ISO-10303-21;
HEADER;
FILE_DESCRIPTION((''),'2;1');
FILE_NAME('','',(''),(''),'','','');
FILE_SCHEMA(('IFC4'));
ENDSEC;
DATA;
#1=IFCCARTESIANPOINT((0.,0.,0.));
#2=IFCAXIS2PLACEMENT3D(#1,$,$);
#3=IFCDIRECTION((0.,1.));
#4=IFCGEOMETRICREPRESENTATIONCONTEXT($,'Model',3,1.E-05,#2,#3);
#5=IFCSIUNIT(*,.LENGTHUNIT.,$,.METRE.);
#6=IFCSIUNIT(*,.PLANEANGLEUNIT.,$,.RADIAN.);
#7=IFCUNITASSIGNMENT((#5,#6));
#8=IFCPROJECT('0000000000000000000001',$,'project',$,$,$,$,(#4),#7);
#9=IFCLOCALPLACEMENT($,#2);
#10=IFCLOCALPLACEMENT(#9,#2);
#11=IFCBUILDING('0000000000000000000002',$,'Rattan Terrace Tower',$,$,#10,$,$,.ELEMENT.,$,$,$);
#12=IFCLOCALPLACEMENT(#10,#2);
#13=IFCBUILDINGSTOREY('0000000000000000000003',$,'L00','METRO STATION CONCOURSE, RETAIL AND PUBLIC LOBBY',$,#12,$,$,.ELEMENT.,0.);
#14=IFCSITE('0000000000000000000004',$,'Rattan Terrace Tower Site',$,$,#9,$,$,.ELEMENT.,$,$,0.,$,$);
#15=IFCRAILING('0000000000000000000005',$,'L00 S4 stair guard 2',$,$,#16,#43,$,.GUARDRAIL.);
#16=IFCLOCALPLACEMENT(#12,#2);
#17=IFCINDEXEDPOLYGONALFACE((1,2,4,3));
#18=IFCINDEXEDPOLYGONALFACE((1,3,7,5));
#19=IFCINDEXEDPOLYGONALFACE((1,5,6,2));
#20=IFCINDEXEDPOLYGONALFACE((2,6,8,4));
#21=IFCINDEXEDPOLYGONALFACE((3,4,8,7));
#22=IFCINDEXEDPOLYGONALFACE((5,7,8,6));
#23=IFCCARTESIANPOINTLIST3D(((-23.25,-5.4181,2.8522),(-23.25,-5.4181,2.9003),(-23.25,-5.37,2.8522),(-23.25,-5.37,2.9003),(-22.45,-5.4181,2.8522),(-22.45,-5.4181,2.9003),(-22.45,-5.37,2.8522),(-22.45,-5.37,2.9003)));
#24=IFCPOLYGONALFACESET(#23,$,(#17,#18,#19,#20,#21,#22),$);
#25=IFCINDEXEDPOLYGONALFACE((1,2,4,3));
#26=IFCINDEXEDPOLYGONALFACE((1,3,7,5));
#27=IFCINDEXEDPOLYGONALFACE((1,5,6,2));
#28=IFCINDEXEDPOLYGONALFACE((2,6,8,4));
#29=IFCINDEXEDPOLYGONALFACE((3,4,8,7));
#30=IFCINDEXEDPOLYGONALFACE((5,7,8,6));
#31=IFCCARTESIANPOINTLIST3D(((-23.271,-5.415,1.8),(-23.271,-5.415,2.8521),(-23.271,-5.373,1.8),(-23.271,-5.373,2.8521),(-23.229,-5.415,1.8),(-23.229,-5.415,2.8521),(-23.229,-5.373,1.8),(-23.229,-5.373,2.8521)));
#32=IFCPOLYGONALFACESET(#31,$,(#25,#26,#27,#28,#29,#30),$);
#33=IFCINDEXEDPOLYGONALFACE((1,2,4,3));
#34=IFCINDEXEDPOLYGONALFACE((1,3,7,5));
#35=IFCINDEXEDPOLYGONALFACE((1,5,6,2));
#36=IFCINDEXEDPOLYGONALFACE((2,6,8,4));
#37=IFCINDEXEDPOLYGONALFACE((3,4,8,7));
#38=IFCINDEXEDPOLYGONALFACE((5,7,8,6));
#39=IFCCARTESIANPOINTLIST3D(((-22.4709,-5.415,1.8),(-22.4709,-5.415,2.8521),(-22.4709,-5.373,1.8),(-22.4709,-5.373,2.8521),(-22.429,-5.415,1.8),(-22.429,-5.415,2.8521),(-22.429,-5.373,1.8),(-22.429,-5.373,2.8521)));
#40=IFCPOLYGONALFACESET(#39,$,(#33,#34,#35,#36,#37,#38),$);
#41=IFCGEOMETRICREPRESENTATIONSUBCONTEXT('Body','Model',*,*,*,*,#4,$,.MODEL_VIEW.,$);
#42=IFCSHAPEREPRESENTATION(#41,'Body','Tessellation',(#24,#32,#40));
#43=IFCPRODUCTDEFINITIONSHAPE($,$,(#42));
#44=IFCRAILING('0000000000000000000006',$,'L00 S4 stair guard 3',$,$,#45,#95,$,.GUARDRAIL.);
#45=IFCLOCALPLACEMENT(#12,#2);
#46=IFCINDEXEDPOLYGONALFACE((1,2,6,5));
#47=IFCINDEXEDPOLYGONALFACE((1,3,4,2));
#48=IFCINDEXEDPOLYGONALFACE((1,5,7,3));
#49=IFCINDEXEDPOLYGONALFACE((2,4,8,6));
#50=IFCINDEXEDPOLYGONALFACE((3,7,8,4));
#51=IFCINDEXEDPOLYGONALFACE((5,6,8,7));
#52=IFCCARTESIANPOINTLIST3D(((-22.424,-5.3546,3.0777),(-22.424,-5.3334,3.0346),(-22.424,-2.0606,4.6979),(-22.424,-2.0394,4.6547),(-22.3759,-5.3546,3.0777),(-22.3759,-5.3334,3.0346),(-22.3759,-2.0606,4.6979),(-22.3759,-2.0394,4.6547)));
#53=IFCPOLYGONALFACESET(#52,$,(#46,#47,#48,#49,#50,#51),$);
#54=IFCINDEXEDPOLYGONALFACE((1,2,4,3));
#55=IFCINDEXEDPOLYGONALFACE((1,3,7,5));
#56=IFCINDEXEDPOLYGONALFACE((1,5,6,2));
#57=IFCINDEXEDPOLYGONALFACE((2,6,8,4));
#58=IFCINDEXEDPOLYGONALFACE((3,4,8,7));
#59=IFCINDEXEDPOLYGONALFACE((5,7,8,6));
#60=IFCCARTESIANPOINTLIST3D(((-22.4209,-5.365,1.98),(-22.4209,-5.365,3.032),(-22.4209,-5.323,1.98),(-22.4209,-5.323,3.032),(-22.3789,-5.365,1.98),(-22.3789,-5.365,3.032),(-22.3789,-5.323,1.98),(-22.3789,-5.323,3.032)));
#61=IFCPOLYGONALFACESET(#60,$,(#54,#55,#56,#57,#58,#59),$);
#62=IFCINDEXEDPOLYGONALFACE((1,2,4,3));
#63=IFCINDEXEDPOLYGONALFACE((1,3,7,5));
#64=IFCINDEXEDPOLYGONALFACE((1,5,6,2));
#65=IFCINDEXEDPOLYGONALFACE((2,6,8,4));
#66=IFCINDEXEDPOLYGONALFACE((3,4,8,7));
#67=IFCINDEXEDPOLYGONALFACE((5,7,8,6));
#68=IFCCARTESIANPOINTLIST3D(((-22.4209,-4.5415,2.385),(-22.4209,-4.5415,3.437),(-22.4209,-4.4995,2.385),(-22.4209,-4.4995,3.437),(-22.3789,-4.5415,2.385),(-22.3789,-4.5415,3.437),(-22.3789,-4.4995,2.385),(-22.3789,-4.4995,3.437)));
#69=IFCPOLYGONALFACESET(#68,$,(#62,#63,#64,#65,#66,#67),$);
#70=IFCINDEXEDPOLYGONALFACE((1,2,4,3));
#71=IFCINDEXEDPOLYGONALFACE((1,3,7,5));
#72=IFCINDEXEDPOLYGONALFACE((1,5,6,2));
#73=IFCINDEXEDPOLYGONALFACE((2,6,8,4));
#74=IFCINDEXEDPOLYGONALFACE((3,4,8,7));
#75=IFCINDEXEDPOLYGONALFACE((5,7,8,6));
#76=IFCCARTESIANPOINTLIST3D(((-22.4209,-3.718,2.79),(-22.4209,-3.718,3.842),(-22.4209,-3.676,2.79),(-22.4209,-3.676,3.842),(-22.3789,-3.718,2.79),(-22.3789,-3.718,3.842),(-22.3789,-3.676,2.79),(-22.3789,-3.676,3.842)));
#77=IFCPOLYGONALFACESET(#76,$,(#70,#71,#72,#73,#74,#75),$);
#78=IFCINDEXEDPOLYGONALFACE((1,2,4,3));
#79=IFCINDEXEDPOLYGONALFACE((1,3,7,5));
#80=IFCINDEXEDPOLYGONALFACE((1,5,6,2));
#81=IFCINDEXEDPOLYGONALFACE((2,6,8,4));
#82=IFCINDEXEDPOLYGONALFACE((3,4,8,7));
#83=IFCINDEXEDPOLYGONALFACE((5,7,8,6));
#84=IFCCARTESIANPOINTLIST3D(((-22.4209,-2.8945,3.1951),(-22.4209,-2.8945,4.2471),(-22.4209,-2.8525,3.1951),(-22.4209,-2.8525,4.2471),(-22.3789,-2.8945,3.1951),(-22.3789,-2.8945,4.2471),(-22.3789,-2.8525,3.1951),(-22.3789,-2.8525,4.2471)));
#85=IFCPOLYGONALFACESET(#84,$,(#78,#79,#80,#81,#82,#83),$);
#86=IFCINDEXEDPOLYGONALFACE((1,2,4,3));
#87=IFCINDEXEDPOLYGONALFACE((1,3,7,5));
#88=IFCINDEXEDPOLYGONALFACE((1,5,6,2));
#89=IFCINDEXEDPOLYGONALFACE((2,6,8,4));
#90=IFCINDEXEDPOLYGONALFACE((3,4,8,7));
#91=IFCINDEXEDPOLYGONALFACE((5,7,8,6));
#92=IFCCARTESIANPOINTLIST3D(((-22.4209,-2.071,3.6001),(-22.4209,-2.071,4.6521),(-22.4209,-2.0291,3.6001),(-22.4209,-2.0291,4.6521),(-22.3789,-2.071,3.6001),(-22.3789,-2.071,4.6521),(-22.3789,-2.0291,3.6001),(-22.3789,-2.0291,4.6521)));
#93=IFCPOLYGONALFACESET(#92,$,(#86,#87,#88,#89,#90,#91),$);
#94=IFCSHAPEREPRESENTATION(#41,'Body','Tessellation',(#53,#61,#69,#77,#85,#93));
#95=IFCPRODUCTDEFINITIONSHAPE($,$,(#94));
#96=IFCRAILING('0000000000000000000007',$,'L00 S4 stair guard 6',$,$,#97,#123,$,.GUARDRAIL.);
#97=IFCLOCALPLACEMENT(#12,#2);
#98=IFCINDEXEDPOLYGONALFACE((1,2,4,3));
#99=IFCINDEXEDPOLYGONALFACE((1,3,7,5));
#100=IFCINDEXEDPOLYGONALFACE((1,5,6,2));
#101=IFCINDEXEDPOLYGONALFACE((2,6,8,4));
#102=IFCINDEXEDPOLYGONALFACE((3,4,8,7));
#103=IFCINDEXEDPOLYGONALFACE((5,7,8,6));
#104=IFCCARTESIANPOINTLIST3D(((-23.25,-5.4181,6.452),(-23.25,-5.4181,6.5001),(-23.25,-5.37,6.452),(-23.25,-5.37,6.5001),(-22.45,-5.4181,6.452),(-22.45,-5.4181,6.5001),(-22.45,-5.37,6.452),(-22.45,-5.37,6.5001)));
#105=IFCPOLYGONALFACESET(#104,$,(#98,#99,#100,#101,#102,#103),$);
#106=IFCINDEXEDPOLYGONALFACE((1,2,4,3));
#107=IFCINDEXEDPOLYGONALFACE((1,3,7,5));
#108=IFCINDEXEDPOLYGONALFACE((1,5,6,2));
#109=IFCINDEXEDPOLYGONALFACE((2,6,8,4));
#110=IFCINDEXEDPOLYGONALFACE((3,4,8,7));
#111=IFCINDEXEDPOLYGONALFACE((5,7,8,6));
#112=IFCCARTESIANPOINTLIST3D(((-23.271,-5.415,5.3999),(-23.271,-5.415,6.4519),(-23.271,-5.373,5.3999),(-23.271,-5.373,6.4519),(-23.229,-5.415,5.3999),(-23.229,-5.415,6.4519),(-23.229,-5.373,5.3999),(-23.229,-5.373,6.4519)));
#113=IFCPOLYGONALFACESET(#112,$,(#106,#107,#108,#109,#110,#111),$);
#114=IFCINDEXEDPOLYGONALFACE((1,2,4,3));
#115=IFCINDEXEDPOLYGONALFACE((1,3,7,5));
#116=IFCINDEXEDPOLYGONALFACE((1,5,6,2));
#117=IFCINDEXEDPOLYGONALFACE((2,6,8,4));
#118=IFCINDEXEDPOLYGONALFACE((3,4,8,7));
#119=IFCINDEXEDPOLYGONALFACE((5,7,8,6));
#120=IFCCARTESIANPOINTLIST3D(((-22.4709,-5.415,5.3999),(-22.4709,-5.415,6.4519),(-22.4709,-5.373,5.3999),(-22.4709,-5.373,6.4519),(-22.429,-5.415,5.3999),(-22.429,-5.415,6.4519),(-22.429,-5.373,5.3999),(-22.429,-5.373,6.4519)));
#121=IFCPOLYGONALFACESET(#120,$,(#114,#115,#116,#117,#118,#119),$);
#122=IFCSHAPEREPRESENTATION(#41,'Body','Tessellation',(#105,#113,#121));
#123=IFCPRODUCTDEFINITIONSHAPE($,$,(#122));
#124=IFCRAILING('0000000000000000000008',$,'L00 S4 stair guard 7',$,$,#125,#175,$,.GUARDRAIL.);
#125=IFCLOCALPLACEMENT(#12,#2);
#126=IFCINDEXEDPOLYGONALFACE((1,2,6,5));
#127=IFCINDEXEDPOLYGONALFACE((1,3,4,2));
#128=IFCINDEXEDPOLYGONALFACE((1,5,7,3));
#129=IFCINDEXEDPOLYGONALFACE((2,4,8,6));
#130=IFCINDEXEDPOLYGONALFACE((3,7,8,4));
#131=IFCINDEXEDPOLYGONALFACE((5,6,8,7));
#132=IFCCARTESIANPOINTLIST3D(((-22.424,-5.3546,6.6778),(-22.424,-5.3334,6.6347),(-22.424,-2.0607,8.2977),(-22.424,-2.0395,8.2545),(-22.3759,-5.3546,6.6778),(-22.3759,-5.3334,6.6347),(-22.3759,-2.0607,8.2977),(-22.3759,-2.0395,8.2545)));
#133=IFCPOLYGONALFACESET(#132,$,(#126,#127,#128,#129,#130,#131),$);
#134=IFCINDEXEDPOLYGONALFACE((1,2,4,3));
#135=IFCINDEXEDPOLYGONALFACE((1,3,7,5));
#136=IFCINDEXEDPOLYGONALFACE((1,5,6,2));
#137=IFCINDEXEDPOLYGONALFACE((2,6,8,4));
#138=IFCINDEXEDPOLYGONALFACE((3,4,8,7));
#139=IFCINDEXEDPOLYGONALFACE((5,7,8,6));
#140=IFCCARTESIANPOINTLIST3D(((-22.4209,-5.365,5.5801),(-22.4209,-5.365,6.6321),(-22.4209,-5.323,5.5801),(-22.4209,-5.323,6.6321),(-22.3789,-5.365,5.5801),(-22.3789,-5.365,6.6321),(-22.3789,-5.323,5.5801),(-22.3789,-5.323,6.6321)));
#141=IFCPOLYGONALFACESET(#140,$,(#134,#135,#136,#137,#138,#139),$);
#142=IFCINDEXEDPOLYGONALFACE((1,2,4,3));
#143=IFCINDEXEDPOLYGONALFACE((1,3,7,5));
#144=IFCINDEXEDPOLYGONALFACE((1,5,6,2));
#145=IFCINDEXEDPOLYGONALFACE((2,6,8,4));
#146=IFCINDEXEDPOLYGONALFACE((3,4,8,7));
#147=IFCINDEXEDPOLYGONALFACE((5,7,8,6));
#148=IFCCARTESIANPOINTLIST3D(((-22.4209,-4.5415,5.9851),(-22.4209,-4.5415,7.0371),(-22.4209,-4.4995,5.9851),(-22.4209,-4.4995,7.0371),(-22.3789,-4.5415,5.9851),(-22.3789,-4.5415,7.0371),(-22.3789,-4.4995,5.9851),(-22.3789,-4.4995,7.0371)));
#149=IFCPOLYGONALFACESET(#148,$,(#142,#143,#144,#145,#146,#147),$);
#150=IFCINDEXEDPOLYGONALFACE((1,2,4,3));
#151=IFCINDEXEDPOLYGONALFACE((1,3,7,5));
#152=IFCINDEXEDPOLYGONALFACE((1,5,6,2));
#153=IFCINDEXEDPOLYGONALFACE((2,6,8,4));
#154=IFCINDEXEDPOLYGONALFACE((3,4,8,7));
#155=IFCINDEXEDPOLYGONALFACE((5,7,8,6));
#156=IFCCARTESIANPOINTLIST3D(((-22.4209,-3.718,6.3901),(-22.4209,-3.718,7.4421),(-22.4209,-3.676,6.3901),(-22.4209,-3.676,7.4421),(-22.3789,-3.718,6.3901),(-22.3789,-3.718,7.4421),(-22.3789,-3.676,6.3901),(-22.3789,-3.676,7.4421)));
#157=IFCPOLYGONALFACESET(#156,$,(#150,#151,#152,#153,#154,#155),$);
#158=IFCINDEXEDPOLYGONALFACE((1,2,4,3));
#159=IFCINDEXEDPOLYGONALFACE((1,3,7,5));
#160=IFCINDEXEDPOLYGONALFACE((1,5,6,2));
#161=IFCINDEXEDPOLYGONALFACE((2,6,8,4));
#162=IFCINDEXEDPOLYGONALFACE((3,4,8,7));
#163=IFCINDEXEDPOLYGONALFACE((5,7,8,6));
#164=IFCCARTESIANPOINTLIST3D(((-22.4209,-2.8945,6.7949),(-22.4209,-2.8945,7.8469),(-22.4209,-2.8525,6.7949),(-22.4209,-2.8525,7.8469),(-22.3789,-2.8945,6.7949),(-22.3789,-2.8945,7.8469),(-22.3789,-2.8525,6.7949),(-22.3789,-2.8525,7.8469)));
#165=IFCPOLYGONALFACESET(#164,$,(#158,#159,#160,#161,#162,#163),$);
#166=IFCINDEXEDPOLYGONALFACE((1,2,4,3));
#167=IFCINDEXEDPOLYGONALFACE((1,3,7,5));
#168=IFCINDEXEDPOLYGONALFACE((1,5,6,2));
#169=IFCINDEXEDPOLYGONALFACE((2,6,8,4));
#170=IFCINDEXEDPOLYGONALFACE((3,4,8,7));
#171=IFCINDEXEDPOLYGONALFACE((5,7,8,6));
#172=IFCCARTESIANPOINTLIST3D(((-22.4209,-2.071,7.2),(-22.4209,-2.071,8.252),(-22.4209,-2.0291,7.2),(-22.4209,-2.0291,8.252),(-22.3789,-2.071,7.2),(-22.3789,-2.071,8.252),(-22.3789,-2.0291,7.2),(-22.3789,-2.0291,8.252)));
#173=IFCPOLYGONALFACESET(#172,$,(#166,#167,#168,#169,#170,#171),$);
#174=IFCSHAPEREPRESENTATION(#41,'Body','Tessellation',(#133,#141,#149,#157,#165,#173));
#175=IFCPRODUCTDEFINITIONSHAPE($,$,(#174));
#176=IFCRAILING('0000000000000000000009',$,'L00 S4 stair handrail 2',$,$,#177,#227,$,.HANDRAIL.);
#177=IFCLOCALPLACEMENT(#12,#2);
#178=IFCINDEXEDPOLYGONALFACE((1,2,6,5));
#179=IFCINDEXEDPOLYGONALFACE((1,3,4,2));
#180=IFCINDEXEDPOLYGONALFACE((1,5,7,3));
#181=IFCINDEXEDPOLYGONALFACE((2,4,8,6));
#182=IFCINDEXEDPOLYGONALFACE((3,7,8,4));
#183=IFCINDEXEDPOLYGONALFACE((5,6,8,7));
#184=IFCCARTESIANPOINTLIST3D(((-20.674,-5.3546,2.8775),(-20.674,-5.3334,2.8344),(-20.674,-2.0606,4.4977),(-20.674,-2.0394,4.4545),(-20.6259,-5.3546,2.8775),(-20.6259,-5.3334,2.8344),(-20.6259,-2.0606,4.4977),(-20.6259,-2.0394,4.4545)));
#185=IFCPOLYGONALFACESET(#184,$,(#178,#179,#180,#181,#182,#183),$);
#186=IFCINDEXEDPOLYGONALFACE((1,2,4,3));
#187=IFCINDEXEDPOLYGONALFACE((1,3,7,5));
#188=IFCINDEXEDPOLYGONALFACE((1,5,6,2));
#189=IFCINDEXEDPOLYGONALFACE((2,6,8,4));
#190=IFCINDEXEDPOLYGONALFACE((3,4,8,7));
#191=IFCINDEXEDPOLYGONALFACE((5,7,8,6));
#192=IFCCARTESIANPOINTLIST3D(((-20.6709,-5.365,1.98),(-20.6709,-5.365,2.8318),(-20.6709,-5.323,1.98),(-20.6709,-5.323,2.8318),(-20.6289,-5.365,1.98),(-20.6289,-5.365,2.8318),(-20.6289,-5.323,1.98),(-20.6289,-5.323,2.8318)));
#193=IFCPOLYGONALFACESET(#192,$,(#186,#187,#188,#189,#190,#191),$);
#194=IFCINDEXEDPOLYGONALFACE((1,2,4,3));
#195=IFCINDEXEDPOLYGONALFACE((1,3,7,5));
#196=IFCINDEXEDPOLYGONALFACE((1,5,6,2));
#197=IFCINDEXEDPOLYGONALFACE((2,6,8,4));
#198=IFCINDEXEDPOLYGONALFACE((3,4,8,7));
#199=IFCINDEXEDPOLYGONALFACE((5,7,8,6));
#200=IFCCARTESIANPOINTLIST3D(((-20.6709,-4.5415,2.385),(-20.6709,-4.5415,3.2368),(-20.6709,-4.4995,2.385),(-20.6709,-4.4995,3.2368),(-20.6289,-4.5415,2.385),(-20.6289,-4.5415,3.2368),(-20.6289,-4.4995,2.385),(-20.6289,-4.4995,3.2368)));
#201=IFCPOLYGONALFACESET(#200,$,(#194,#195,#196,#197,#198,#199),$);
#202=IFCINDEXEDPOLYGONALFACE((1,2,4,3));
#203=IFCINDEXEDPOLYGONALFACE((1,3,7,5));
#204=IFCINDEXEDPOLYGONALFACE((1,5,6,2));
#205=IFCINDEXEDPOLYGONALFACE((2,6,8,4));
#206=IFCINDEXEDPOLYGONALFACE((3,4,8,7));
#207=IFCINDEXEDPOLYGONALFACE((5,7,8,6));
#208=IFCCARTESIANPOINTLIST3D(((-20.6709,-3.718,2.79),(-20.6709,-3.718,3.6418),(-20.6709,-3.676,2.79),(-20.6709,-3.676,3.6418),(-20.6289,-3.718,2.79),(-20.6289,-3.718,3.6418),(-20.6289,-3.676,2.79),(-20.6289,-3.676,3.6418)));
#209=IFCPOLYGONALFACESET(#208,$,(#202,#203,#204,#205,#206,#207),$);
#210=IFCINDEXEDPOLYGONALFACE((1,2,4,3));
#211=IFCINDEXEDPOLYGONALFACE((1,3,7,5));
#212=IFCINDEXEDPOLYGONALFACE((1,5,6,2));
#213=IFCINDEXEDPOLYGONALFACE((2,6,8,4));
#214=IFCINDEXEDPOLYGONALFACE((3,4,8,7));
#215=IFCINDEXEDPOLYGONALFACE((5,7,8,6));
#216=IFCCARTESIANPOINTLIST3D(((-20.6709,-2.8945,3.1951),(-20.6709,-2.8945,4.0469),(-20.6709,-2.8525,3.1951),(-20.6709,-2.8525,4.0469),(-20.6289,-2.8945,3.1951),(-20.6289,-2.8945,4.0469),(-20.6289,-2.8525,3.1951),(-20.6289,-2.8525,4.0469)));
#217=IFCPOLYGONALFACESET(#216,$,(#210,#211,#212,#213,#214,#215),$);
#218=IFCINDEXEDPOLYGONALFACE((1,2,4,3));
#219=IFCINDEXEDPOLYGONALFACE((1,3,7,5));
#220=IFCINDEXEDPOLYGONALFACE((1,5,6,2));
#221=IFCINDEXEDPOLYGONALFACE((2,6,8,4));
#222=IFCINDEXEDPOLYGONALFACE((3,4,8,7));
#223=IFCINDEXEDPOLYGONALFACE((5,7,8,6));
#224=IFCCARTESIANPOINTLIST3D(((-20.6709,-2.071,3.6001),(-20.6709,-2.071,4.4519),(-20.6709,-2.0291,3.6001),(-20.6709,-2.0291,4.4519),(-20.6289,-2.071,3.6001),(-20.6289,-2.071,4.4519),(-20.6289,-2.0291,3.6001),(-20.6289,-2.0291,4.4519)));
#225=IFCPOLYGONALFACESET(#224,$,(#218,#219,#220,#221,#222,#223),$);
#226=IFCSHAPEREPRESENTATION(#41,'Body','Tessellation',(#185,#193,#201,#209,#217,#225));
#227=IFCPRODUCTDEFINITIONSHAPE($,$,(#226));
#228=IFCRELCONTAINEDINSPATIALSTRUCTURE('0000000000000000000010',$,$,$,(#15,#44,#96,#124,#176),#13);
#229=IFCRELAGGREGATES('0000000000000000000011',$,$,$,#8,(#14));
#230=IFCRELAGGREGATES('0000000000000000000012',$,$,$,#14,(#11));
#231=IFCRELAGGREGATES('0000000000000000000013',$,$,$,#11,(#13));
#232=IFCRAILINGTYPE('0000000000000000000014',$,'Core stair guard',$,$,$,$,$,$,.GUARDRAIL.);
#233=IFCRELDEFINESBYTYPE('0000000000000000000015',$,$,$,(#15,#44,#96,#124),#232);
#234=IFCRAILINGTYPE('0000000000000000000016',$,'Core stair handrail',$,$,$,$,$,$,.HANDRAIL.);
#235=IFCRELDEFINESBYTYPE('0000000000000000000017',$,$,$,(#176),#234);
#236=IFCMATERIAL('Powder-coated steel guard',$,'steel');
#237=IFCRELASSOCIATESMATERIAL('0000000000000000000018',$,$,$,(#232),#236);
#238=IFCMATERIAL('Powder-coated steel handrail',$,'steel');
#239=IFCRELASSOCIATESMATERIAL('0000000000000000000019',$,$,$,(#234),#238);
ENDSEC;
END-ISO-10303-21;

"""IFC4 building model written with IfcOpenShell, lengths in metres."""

from ifc_helpers import new_model, si_unit, direction, frame, origin, origin_2d, place, context, subcontext, project, spatial, rectangle, extrude, material, type_object, element, save


model = new_model("IFC4")

# Units and contexts
model_context = context("Model", 3, precision=1e-05, world=origin(), true_north=direction((0.0, 1.0)))
body_context = subcontext(model_context, "Body", "Model", "MODEL_VIEW")
ifc_project = project(units=[si_unit("LENGTHUNIT", "METRE"), si_unit("PLANEANGLEUNIT", "RADIAN")], contexts=[model_context])

# Site, building, storey
site_placement = place(None, origin())
site = spatial("IfcSite", under=ifc_project, at=site_placement, Name="Rattan Terrace Tower Site", CompositionType="ELEMENT", RefElevation=0.0)
building_placement = place(site_placement, origin())
building = spatial("IfcBuilding", under=site, at=building_placement, Name="Rattan Terrace Tower", CompositionType="ELEMENT")
storey_placement = place(building_placement, origin())
storey = spatial("IfcBuildingStorey", under=building, at=storey_placement, Name="L00", Description="METRO STATION CONCOURSE, RETAIL AND PUBLIC LOBBY", CompositionType="ELEMENT", Elevation=0.0)

# Railings
ifc_material_1 = material(Name="Powder-coated steel guard", Category="steel")
railing_type_1 = type_object("IfcRailingType", Name="Core stair guard", PredefinedType="GUARDRAIL", material=ifc_material_1)
railing_1_placement = place(storey_placement, frame((-23.25, -5.394, 1.8)))
element("IfcRailing", 1, at=railing_1_placement, inside=storey, type_object=railing_type_1, Name="L00 S4 stair guard 2", PredefinedType="GUARDRAIL", context=body_context, shape_type="SweptSolid", body=[
    extrude(rectangle(XDim=0.0481, YDim=0.0481, at=origin_2d()), frame((0.0, 0.0, 1.0762), z_axis=(1.0, 0.0, 0.0), x_axis=(0.0, 1.0, 0.0)), (0.0, 0.0, 1.0), 0.8),
    extrude(rectangle(XDim=0.042, YDim=0.042, at=origin_2d()), origin(), (0.0, 0.0, 1.0), 1.052),
    extrude(rectangle(XDim=0.042, YDim=0.042, at=origin_2d()), frame((0.8, 0.0, 0.0)), (0.0, 0.0, 1.0), 1.052),
])
railing_2_placement = place(storey_placement, frame((-22.3999, -5.344, 1.98)))
element("IfcRailing", 2, at=railing_2_placement, inside=storey, type_object=railing_type_1, Name="L00 S4 stair guard 3", PredefinedType="GUARDRAIL", context=body_context, shape_type="SweptSolid", body=[
    extrude(rectangle(XDim=0.0481, YDim=0.0481, at=origin_2d()), frame((0.0, 0.0, 1.0762), z_axis=(0.0, 0.897334, 0.441351), x_axis=(-1.0, 0.0, 0.0)), (0.0, 0.0, 1.0), 3.6709),
    extrude(rectangle(XDim=0.042, YDim=0.042, at=origin_2d()), origin(), (0.0, 0.0, 1.0), 1.052),
    extrude(rectangle(XDim=0.042, YDim=0.042, at=origin_2d()), frame((0.0, 0.8235, 0.405)), (0.0, 0.0, 1.0), 1.052),
    extrude(rectangle(XDim=0.042, YDim=0.042, at=origin_2d()), frame((0.0, 1.647, 0.8101)), (0.0, 0.0, 1.0), 1.052),
    extrude(rectangle(XDim=0.042, YDim=0.042, at=origin_2d()), frame((0.0, 2.4705, 1.2151)), (0.0, 0.0, 1.0), 1.052),
    extrude(rectangle(XDim=0.042, YDim=0.042, at=origin_2d()), frame((0.0, 3.2939, 1.6201)), (0.0, 0.0, 1.0), 1.052),
])
railing_3_placement = place(storey_placement, frame((-23.25, -5.394, 5.3999)))
element("IfcRailing", 3, at=railing_3_placement, inside=storey, type_object=railing_type_1, Name="L00 S4 stair guard 6", PredefinedType="GUARDRAIL", context=body_context, shape_type="SweptSolid", body=[
    extrude(rectangle(XDim=0.0481, YDim=0.0481, at=origin_2d()), frame((0.0, 0.0, 1.0762), z_axis=(1.0, 0.0, 0.0), x_axis=(0.0, 1.0, 0.0)), (0.0, 0.0, 1.0), 0.8),
    extrude(rectangle(XDim=0.042, YDim=0.042, at=origin_2d()), origin(), (0.0, 0.0, 1.0), 1.052),
    extrude(rectangle(XDim=0.042, YDim=0.042, at=origin_2d()), frame((0.8, 0.0, 0.0)), (0.0, 0.0, 1.0), 1.052),
])
railing_4_placement = place(storey_placement, frame((-22.3999, -5.344, 5.5801)))
element("IfcRailing", 4, at=railing_4_placement, inside=storey, type_object=railing_type_1, Name="L00 S4 stair guard 7", PredefinedType="GUARDRAIL", context=body_context, shape_type="SweptSolid", body=[
    extrude(rectangle(XDim=0.0481, YDim=0.0481, at=origin_2d()), frame((0.0, 0.0, 1.0762), z_axis=(0.0, 0.897361, 0.441298), x_axis=(-1.0, 0.0, 0.0)), (0.0, 0.0, 1.0), 3.6707),
    extrude(rectangle(XDim=0.042, YDim=0.042, at=origin_2d()), origin(), (0.0, 0.0, 1.0), 1.052),
    extrude(rectangle(XDim=0.042, YDim=0.042, at=origin_2d()), frame((0.0, 0.8235, 0.405)), (0.0, 0.0, 1.0), 1.052),
    extrude(rectangle(XDim=0.042, YDim=0.042, at=origin_2d()), frame((0.0, 1.647, 0.8101)), (0.0, 0.0, 1.0), 1.052),
    extrude(rectangle(XDim=0.042, YDim=0.042, at=origin_2d()), frame((0.0, 2.4705, 1.2148)), (0.0, 0.0, 1.0), 1.052),
    extrude(rectangle(XDim=0.042, YDim=0.042, at=origin_2d()), frame((0.0, 3.2939, 1.6199)), (0.0, 0.0, 1.0), 1.052),
])
ifc_material_2 = material(Name="Powder-coated steel handrail", Category="steel")
railing_type_2 = type_object("IfcRailingType", Name="Core stair handrail", PredefinedType="HANDRAIL", material=ifc_material_2)
railing_5_placement = place(storey_placement, frame((-20.6499, -5.344, 1.98)))
element("IfcRailing", 5, at=railing_5_placement, inside=storey, type_object=railing_type_2, Name="L00 S4 stair handrail 2", PredefinedType="HANDRAIL", context=body_context, shape_type="SweptSolid", body=[
    extrude(rectangle(XDim=0.0481, YDim=0.0481, at=origin_2d()), frame((0.0, 0.0, 0.876), z_axis=(0.0, 0.897334, 0.441351), x_axis=(-1.0, 0.0, 0.0)), (0.0, 0.0, 1.0), 3.6709),
    extrude(rectangle(XDim=0.042, YDim=0.042, at=origin_2d()), origin(), (0.0, 0.0, 1.0), 0.8518),
    extrude(rectangle(XDim=0.042, YDim=0.042, at=origin_2d()), frame((0.0, 0.8235, 0.405)), (0.0, 0.0, 1.0), 0.8518),
    extrude(rectangle(XDim=0.042, YDim=0.042, at=origin_2d()), frame((0.0, 1.647, 0.8101)), (0.0, 0.0, 1.0), 0.8518),
    extrude(rectangle(XDim=0.042, YDim=0.042, at=origin_2d()), frame((0.0, 2.4705, 1.2151)), (0.0, 0.0, 1.0), 0.8518),
    extrude(rectangle(XDim=0.042, YDim=0.042, at=origin_2d()), frame((0.0, 3.2939, 1.6201)), (0.0, 0.0, 1.0), 0.8518),
])

save(model, "model.ifc")
